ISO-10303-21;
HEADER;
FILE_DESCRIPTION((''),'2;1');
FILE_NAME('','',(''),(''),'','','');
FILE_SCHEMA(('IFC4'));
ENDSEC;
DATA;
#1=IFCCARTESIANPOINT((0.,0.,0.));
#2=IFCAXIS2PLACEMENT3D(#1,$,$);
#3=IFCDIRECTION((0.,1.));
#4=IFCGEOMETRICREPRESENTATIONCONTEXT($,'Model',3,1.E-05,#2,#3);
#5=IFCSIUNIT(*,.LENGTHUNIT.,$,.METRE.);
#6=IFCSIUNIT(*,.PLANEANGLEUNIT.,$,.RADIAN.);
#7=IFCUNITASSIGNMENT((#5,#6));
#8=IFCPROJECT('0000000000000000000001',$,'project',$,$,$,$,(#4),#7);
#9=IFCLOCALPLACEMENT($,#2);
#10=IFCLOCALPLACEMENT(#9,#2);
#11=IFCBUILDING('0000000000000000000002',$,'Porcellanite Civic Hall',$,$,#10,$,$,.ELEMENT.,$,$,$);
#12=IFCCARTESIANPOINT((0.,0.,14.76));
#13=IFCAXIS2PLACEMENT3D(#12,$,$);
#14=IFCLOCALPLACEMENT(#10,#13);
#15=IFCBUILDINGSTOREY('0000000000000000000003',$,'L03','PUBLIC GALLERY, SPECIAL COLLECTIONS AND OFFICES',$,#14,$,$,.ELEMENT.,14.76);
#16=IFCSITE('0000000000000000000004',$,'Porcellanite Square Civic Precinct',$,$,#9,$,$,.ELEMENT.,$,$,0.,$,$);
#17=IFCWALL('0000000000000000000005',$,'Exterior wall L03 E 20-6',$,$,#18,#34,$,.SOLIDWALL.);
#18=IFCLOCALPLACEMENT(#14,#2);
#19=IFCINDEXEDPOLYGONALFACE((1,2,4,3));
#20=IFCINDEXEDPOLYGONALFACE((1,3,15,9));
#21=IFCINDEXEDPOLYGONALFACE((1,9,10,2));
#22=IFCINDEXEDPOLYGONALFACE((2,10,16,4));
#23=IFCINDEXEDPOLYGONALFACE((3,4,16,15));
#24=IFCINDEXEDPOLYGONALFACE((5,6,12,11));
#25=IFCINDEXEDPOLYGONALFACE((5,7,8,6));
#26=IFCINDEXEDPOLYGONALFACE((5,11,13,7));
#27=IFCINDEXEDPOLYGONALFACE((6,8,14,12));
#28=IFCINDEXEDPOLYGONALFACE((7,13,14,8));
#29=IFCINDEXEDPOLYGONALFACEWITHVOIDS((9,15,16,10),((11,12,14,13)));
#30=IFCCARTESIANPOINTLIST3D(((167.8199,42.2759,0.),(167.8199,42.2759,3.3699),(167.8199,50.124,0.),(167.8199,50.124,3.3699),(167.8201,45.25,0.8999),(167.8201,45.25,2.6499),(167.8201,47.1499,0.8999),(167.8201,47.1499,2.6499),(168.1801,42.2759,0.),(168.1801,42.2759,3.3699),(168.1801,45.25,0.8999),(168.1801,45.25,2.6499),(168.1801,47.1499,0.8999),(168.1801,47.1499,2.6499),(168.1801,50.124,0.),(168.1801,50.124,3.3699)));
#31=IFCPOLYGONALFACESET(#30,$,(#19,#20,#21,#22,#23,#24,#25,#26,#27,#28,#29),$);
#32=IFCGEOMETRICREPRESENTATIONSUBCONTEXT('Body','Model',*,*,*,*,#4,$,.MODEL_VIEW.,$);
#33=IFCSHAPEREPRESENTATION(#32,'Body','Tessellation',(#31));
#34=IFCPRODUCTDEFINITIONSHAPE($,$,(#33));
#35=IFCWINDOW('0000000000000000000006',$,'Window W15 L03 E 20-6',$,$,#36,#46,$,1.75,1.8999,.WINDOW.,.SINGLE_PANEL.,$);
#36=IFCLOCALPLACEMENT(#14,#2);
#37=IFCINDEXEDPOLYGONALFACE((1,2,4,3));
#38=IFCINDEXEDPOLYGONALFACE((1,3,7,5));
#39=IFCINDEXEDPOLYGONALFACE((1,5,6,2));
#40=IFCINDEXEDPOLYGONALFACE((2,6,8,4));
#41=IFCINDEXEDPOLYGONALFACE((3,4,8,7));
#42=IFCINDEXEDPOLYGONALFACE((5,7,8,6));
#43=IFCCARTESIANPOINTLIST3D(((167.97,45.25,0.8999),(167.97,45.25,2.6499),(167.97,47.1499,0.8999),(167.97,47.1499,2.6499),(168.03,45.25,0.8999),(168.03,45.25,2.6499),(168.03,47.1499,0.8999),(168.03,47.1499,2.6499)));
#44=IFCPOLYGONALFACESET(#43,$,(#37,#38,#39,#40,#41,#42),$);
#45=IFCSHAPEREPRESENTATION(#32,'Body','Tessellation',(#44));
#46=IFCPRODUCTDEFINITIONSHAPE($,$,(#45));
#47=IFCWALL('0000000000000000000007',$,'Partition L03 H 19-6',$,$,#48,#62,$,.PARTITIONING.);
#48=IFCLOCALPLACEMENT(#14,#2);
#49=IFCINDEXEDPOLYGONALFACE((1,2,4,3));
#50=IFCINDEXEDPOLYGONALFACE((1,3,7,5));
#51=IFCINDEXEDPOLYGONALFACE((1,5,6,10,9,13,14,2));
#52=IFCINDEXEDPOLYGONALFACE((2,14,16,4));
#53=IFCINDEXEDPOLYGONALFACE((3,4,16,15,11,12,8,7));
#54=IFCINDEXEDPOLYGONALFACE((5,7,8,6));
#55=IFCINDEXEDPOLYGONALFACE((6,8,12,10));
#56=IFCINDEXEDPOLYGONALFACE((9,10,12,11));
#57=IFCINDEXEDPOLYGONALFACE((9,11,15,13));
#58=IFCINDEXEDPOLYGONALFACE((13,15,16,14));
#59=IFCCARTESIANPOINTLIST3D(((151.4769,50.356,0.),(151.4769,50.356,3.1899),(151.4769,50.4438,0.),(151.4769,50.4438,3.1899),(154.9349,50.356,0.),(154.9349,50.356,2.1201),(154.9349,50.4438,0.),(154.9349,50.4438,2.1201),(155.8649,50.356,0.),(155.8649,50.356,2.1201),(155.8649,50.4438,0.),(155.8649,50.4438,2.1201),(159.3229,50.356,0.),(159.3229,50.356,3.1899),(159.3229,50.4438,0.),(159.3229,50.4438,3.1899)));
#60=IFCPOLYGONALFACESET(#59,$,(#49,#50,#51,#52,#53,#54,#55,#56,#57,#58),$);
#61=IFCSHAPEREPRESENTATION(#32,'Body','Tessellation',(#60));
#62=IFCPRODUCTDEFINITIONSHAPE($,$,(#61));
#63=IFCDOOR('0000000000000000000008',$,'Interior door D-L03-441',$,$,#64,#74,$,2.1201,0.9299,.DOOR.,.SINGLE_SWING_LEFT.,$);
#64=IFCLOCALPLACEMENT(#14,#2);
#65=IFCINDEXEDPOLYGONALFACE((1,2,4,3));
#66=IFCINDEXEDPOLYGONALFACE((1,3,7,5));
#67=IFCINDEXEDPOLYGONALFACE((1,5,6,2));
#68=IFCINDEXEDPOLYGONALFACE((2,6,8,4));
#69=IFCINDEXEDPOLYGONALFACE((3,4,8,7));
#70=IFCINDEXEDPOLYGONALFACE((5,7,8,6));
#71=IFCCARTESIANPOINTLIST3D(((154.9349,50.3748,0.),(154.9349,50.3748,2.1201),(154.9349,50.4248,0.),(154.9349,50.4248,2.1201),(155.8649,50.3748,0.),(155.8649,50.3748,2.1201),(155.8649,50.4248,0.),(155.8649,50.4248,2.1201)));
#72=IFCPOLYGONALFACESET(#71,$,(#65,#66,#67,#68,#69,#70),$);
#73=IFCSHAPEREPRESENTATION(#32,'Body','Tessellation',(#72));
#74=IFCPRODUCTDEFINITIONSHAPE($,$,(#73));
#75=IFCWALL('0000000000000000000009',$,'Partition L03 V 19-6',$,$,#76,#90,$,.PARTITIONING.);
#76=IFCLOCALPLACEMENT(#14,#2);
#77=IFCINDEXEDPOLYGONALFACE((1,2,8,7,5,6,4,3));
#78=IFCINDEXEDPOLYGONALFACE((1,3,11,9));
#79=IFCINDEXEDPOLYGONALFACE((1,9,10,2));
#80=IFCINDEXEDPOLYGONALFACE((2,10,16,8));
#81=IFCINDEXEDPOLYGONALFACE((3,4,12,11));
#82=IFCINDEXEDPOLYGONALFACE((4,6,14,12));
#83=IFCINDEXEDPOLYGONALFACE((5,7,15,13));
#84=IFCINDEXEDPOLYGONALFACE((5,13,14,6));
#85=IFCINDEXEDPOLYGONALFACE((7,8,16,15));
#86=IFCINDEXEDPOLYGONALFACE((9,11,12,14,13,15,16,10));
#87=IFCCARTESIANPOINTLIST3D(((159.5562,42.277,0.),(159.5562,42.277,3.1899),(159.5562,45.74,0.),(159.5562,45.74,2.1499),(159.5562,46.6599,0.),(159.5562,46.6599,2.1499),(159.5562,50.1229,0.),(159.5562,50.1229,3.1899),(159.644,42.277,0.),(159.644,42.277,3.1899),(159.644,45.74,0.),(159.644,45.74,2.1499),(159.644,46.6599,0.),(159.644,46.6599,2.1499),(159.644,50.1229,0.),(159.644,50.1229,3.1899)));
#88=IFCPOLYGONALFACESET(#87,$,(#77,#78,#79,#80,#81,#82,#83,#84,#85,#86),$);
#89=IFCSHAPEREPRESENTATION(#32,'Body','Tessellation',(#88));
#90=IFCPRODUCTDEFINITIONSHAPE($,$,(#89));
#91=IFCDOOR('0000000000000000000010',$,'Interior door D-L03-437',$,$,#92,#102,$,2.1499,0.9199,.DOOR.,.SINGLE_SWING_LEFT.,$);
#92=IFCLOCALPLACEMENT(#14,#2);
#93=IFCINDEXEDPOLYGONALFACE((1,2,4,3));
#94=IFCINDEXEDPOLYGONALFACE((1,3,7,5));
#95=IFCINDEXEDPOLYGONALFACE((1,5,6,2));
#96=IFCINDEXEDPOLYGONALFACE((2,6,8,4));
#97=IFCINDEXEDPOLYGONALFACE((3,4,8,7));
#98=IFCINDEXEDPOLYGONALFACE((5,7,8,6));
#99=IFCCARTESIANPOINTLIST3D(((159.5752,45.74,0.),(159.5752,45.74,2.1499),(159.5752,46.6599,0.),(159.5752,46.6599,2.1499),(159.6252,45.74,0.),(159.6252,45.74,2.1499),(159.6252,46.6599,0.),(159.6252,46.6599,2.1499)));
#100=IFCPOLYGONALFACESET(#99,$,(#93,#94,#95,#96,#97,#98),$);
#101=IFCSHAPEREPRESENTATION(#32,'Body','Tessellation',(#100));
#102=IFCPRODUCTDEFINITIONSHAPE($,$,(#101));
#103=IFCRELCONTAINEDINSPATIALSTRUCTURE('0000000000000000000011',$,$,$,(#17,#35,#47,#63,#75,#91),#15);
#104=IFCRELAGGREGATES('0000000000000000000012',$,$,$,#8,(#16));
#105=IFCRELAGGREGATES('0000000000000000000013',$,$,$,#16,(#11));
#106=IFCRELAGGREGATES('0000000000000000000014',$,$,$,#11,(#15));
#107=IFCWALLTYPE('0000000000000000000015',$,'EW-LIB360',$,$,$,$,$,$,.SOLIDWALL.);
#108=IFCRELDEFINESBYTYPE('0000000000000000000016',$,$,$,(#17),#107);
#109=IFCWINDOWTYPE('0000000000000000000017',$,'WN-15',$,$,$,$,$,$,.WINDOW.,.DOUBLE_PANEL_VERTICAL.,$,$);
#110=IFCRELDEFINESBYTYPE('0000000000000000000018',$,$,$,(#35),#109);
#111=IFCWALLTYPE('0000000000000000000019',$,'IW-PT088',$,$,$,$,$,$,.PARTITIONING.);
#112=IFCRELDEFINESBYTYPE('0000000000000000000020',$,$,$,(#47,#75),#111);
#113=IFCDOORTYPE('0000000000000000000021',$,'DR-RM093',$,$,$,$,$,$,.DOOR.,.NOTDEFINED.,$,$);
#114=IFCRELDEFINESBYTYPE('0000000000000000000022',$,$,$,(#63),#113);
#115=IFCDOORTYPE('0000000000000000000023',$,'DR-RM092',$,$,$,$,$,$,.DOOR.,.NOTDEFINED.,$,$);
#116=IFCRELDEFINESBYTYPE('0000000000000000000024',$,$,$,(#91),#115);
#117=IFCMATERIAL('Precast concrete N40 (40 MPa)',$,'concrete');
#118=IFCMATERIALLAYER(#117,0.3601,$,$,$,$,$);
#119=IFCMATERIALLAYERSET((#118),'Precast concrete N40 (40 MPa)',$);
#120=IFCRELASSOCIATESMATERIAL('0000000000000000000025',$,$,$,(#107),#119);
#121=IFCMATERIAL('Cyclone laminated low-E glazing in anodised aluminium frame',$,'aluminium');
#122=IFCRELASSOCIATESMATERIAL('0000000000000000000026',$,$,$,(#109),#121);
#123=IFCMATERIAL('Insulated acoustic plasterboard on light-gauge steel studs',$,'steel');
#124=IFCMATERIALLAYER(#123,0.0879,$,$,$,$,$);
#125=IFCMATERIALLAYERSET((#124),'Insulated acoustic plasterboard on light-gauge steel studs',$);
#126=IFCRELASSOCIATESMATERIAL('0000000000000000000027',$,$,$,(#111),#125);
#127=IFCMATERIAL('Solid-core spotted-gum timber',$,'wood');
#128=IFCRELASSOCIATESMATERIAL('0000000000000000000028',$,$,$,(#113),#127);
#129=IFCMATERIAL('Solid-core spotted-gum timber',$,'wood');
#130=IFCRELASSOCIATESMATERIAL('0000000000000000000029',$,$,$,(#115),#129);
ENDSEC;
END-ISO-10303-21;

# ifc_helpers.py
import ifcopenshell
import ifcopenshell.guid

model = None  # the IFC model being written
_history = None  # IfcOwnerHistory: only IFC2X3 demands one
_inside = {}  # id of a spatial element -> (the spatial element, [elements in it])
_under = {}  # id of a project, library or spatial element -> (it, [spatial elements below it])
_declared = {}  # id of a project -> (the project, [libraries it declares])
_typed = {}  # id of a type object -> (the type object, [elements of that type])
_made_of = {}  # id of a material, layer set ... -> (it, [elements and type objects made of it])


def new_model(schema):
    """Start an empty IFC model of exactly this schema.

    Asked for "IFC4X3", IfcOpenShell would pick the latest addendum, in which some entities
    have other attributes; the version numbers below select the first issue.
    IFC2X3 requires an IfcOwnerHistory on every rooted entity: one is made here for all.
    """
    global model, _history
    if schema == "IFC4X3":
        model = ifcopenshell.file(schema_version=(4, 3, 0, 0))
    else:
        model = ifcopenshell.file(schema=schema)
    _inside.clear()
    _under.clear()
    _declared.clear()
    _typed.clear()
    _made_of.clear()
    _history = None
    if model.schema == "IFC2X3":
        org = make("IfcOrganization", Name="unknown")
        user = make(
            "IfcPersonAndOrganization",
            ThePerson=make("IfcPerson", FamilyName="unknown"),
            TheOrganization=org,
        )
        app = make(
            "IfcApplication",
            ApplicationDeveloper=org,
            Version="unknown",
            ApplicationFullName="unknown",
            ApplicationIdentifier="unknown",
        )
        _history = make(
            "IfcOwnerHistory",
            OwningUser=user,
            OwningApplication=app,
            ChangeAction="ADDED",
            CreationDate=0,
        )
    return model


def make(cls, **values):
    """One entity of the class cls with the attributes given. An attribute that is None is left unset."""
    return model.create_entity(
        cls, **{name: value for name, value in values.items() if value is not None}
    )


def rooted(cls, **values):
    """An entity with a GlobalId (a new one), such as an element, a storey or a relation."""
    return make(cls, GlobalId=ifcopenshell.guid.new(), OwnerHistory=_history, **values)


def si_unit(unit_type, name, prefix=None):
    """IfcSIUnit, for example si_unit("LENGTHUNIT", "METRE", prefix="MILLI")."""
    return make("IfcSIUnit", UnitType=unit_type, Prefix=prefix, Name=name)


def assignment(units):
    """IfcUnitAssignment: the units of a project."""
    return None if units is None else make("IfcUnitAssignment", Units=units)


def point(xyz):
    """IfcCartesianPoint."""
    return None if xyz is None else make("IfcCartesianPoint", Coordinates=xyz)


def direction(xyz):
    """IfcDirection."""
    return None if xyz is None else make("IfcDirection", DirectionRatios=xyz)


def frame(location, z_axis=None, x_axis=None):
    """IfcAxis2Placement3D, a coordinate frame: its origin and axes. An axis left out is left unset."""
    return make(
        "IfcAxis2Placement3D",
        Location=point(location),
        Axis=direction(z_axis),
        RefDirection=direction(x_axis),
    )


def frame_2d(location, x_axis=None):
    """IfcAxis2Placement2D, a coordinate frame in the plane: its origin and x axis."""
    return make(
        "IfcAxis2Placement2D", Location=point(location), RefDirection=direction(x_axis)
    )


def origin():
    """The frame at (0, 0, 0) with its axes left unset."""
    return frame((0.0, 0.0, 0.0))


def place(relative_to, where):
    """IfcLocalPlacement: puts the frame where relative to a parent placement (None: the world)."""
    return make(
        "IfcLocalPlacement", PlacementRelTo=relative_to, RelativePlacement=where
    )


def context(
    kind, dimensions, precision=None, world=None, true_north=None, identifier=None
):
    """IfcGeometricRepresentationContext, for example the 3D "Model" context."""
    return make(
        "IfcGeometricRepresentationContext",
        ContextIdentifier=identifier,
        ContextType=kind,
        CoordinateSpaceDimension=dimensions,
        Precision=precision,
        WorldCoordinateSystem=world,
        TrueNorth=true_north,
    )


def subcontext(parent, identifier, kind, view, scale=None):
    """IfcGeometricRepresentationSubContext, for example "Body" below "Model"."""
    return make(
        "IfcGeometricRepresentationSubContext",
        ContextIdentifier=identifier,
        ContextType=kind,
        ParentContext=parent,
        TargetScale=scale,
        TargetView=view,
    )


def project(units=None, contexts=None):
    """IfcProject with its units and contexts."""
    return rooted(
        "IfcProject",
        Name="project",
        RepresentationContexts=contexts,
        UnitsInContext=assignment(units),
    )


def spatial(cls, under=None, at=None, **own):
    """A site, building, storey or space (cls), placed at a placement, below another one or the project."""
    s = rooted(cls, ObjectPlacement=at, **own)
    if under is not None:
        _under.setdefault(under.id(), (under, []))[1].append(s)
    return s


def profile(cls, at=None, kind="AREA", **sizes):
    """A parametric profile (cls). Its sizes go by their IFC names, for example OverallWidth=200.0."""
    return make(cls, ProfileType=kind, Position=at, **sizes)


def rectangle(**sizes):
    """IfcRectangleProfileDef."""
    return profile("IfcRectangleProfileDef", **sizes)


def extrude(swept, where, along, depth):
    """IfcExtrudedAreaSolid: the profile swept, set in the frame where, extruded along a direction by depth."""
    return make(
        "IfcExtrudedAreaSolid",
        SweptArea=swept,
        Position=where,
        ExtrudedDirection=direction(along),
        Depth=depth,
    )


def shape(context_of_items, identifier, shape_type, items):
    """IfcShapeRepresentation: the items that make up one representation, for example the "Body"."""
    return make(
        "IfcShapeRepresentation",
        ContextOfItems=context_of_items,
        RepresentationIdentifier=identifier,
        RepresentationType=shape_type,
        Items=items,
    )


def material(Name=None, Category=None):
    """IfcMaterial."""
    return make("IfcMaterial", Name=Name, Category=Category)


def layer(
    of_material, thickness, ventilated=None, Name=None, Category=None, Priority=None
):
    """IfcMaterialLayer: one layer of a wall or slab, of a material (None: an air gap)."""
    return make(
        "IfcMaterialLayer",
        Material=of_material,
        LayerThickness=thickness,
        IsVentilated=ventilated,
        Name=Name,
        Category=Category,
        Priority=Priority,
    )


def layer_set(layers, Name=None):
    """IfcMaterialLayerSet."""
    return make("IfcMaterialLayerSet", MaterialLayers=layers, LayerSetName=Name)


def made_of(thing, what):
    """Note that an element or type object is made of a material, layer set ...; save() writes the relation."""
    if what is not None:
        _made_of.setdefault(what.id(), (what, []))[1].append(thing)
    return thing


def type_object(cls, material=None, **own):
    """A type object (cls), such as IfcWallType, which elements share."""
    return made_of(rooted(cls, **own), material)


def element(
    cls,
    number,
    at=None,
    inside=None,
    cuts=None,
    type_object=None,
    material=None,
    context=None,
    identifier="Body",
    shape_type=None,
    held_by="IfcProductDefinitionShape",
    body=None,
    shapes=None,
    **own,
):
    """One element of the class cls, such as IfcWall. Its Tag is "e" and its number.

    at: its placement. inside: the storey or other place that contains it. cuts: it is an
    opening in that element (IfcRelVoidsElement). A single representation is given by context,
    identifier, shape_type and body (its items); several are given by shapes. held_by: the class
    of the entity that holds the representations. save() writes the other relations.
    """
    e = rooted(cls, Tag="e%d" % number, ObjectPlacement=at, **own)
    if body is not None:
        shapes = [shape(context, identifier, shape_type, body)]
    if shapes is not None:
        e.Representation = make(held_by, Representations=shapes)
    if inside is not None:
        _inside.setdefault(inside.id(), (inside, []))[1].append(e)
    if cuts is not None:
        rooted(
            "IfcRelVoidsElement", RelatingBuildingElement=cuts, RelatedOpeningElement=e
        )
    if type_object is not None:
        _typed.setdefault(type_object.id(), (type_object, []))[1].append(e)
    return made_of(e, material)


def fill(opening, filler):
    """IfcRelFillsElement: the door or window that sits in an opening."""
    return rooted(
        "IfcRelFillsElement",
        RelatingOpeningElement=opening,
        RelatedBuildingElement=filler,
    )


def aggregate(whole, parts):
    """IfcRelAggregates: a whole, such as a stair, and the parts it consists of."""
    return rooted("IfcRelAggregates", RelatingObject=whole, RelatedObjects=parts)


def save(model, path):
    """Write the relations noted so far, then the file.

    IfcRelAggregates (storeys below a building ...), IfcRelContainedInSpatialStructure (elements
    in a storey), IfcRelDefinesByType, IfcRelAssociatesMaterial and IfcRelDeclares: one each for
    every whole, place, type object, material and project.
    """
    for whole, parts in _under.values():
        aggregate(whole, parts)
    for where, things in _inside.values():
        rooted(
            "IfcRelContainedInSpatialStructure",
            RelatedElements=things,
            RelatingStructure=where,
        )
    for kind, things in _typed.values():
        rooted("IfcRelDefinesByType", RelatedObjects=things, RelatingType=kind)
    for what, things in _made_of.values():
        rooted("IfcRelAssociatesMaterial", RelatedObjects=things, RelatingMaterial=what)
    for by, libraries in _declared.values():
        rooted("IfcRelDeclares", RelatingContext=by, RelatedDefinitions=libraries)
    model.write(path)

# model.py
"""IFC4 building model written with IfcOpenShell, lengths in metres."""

from ifc_helpers import new_model, si_unit, direction, frame, frame_2d, origin, place, context, subcontext, project, spatial, rectangle, extrude, material, layer, layer_set, type_object, element, fill, save


model = new_model("IFC4")

# Units and contexts
model_context = context("Model", 3, precision=1e-05, world=origin(), true_north=direction((0.0, 1.0)))
body_context = subcontext(model_context, "Body", "Model", "MODEL_VIEW")
ifc_project = project(units=[si_unit("LENGTHUNIT", "METRE"), si_unit("PLANEANGLEUNIT", "RADIAN")], contexts=[model_context])

# Site, building, storey
site_placement = place(None, origin())
site = spatial("IfcSite", under=ifc_project, at=site_placement, Name="Porcellanite Square Civic Precinct", CompositionType="ELEMENT", RefElevation=0.0)
building_placement = place(site_placement, origin())
building = spatial("IfcBuilding", under=site, at=building_placement, Name="Porcellanite Civic Hall", CompositionType="ELEMENT")
storey_placement = place(building_placement, frame((0.0, 0.0, 14.76)))
storey = spatial("IfcBuildingStorey", under=building, at=storey_placement, Name="L03", Description="PUBLIC GALLERY, SPECIAL COLLECTIONS AND OFFICES", CompositionType="ELEMENT", Elevation=14.76)

# Wall, opening, window
ifc_material_1 = material(Name="Precast concrete N40 (40 MPa)", Category="concrete")
ifc_layer_1 = layer(ifc_material_1, 0.3601)
ifc_layer_set_1 = layer_set([ifc_layer_1], Name="Precast concrete N40 (40 MPa)")
wall_type_1 = type_object("IfcWallType", Name="EW-LIB360", PredefinedType="SOLIDWALL", material=ifc_layer_set_1)
wall_1_placement = place(storey_placement, frame((168.0, 50.124, 0.0), z_axis=(0.0, 0.0, 1.0), x_axis=(0.0, -1.0, 0.0)))
wall_1 = element("IfcWall", 1, at=wall_1_placement, inside=storey, type_object=wall_type_1, Name="Exterior wall L03 E 20-6", PredefinedType="SOLIDWALL", context=body_context, shape_type="SweptSolid", body=[
    extrude(rectangle(XDim=7.8481, YDim=0.3601, at=frame_2d((3.9241, 0.0))), origin(), (0.0, 0.0, 1.0), 3.3699),
])
opening_1_placement = place(wall_1_placement, frame((2.9741, 0.0, 0.8999)))
opening_1 = element("IfcOpeningElement", 2, at=opening_1_placement, cuts=wall_1, PredefinedType="OPENING", context=body_context, shape_type="SweptSolid", body=[
    extrude(rectangle(XDim=1.8999, YDim=1.75, at=frame_2d((0.95, 0.875))), frame((0.0, 0.1802, 0.0), z_axis=(0.0, -1.0, 0.0), x_axis=(1.0, 0.0, 0.0)), (0.0, 0.0, 1.0), 0.3601),
])
ifc_material_2 = material(Name="Cyclone laminated low-E glazing in anodised aluminium frame", Category="aluminium")
window_type = type_object("IfcWindowType", Name="WN-15", PartitioningType="DOUBLE_PANEL_VERTICAL", PredefinedType="WINDOW", material=ifc_material_2)
window_placement = place(opening_1_placement, origin())
window = element("IfcWindow", 3, at=window_placement, inside=storey, type_object=window_type, Name="Window W15 L03 E 20-6", OverallHeight=1.75, OverallWidth=1.8999, PartitioningType="SINGLE_PANEL", PredefinedType="WINDOW", context=body_context, shape_type="SweptSolid", body=[
    extrude(rectangle(XDim=1.8999, YDim=1.75, at=frame_2d((0.95, 0.875))), frame((0.0, 0.03, 0.0), z_axis=(0.0, -1.0, 0.0), x_axis=(1.0, 0.0, 0.0)), (0.0, 0.0, 1.0), 0.0601),
])
fill(opening_1, window)

# Walls, openings, doors
ifc_material_3 = material(Name="Insulated acoustic plasterboard on light-gauge steel studs", Category="steel")
ifc_layer_2 = layer(ifc_material_3, 0.0879)
ifc_layer_set_2 = layer_set([ifc_layer_2], Name="Insulated acoustic plasterboard on light-gauge steel studs")
wall_type_2 = type_object("IfcWallType", Name="IW-PT088", PredefinedType="PARTITIONING", material=ifc_layer_set_2)
wall_2_placement = place(storey_placement, frame((151.4771, 50.3999, 0.0), z_axis=(0.0, 0.0, 1.0), x_axis=(1.0, 0.0, 0.0)))
wall_2 = element("IfcWall", 4, at=wall_2_placement, inside=storey, type_object=wall_type_2, Name="Partition L03 H 19-6", PredefinedType="PARTITIONING", context=body_context, shape_type="SweptSolid", body=[
    extrude(rectangle(XDim=7.8459, YDim=0.0879, at=frame_2d((3.9229, 0.0))), origin(), (0.0, 0.0, 1.0), 3.1899),
])
opening_2_placement = place(wall_2_placement, frame((3.458, 0.0, 0.0)))
opening_2 = element("IfcOpeningElement", 5, at=opening_2_placement, cuts=wall_2, PredefinedType="OPENING", context=body_context, shape_type="SweptSolid", body=[
    extrude(rectangle(XDim=0.9299, YDim=2.1201, at=frame_2d((0.4648, 1.0601))), frame((0.0, 0.0439, 0.0), z_axis=(0.0, -1.0, 0.0), x_axis=(1.0, 0.0, 0.0)), (0.0, 0.0, 1.0), 0.0879),
])
ifc_material_4 = material(Name="Solid-core spotted-gum timber", Category="wood")
door_type_1 = type_object("IfcDoorType", Name="DR-RM093", OperationType="NOTDEFINED", PredefinedType="DOOR", material=ifc_material_4)
door_1_placement = place(opening_2_placement, origin())
door_1 = element("IfcDoor", 6, at=door_1_placement, inside=storey, type_object=door_type_1, Name="Interior door D-L03-441", OperationType="SINGLE_SWING_LEFT", OverallHeight=2.1201, OverallWidth=0.9299, PredefinedType="DOOR", context=body_context, shape_type="SweptSolid", body=[
    extrude(rectangle(XDim=0.9299, YDim=2.1201, at=frame_2d((0.4648, 1.0601))), frame((0.0, 0.0249, 0.0), z_axis=(0.0, -1.0, 0.0), x_axis=(1.0, 0.0, 0.0)), (0.0, 0.0, 1.0), 0.05),
])
fill(opening_2, door_1)
wall_3_placement = place(storey_placement, frame((159.6001, 42.2771, 0.0), z_axis=(0.0, 0.0, 1.0), x_axis=(0.0, 1.0, 0.0)))
wall_3 = element("IfcWall", 7, at=wall_3_placement, inside=storey, type_object=wall_type_2, Name="Partition L03 V 19-6", PredefinedType="PARTITIONING", context=body_context, shape_type="SweptSolid", body=[
    extrude(rectangle(XDim=7.8459, YDim=0.0879, at=frame_2d((3.9229, 0.0))), origin(), (0.0, 0.0, 1.0), 3.1899),
])
opening_3_placement = place(wall_3_placement, frame((3.4629, 0.0, 0.0)))
opening_3 = element("IfcOpeningElement", 8, at=opening_3_placement, cuts=wall_3, PredefinedType="OPENING", context=body_context, shape_type="SweptSolid", body=[
    extrude(rectangle(XDim=0.9199, YDim=2.1499, at=frame_2d((0.46, 1.075))), frame((0.0, 0.0439, 0.0), z_axis=(0.0, -1.0, 0.0), x_axis=(1.0, 0.0, 0.0)), (0.0, 0.0, 1.0), 0.0879),
])
ifc_material_5 = material(Name="Solid-core spotted-gum timber", Category="wood")
door_type_2 = type_object("IfcDoorType", Name="DR-RM092", OperationType="NOTDEFINED", PredefinedType="DOOR", material=ifc_material_5)
door_2_placement = place(opening_3_placement, origin())
door_2 = element("IfcDoor", 9, at=door_2_placement, inside=storey, type_object=door_type_2, Name="Interior door D-L03-437", OperationType="SINGLE_SWING_LEFT", OverallHeight=2.1499, OverallWidth=0.9199, PredefinedType="DOOR", context=body_context, shape_type="SweptSolid", body=[
    extrude(rectangle(XDim=0.9199, YDim=2.1499, at=frame_2d((0.46, 1.075))), frame((0.0, 0.0249, 0.0), z_axis=(0.0, -1.0, 0.0), x_axis=(1.0, 0.0, 0.0)), (0.0, 0.0, 1.0), 0.05),
])
fill(opening_3, door_2)

save(model, "model.ifc")
